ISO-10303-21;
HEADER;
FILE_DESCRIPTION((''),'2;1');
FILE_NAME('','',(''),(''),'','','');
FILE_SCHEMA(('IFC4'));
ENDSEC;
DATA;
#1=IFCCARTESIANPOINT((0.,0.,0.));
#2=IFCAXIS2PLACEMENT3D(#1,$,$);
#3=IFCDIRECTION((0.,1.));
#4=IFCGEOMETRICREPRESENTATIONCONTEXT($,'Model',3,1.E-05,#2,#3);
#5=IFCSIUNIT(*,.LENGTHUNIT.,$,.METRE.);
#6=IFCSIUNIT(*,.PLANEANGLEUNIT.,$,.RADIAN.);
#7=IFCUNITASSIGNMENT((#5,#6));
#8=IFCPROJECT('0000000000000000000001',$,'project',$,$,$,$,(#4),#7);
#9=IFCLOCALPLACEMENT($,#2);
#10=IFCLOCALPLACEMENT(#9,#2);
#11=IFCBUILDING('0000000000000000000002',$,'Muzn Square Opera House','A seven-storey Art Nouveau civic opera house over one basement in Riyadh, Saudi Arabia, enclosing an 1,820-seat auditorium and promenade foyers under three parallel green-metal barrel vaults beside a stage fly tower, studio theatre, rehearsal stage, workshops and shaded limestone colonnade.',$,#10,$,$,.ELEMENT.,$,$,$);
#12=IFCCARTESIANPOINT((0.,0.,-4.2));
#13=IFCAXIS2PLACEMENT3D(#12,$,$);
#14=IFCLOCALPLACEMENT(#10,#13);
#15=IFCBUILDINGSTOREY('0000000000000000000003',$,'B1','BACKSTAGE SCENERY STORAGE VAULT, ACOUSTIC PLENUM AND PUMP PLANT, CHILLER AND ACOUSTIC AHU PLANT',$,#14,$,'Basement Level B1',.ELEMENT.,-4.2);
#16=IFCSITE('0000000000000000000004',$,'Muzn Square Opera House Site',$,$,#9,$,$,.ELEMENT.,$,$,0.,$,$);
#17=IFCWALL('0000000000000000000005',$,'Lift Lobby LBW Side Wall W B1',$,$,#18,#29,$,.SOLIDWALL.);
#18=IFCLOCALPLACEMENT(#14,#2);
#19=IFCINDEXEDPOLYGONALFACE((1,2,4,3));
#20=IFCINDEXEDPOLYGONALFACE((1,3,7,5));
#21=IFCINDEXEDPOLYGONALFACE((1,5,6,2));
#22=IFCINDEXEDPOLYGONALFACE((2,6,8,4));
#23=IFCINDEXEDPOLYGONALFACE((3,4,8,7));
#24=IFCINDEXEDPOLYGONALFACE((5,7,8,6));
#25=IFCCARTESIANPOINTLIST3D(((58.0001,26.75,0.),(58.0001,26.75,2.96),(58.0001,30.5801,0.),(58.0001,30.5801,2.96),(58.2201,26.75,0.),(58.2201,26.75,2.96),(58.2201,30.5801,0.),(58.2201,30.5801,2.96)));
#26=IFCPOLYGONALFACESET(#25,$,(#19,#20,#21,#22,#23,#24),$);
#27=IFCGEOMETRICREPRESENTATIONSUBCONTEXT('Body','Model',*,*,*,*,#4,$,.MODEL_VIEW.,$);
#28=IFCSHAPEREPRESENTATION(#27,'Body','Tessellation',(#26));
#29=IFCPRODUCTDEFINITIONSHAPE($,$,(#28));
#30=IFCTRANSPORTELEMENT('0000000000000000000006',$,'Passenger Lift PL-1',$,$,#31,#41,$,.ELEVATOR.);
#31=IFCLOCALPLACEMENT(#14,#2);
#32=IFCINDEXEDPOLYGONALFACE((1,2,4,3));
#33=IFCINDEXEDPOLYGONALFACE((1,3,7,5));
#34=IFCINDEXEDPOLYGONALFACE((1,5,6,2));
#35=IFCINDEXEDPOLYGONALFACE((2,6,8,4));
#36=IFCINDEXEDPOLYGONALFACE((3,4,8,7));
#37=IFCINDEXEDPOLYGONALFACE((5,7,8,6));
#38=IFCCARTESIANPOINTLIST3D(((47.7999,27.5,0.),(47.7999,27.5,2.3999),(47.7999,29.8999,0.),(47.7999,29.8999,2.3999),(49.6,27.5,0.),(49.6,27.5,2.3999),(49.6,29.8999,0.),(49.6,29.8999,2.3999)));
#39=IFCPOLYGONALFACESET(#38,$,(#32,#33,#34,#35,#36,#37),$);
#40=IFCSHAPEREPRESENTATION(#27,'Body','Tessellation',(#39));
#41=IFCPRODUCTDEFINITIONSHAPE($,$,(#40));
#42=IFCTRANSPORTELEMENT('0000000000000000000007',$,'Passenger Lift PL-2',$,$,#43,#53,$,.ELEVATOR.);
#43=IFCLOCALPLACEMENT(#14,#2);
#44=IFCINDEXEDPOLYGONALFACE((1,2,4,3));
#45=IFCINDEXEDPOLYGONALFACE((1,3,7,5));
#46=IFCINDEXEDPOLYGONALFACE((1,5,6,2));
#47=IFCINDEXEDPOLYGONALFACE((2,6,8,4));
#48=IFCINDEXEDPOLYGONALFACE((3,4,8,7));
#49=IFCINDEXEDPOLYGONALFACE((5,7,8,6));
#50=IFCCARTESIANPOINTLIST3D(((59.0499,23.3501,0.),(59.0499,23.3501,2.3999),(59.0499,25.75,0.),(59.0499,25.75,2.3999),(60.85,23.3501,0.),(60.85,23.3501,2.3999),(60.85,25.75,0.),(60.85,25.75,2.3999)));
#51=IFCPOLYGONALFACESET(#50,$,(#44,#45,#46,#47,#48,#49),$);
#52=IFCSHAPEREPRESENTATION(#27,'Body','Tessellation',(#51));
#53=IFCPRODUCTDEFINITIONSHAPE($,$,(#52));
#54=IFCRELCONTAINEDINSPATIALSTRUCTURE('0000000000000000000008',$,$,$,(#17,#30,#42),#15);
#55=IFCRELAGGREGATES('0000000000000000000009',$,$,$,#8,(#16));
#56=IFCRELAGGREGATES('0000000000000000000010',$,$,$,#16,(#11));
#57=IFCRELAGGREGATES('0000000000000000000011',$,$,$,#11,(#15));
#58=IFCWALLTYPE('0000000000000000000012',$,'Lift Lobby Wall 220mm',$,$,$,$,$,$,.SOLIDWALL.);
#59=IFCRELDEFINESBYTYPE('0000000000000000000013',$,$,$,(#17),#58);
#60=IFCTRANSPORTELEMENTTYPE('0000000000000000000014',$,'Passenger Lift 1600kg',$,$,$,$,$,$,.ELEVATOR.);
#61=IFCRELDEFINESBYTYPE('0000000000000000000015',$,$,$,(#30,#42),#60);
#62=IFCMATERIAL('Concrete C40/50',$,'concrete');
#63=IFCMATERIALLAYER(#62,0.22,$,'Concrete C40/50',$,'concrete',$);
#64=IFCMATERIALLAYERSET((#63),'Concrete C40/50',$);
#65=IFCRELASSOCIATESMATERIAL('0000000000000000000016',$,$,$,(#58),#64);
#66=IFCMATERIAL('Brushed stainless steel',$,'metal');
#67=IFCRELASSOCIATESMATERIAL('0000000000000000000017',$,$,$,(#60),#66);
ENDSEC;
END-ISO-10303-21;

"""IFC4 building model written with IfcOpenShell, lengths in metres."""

from ifc_helpers import new_model, si_unit, direction, frame, frame_2d, origin, origin_2d, place, context, subcontext, project, spatial, rectangle, extrude, material, layer, layer_set, type_object, element, save


model = new_model("IFC4")

# Units and contexts
model_context = context("Model", 3, precision=1e-05, world=origin(), true_north=direction((0.0, 1.0)))
body_context = subcontext(model_context, "Body", "Model", "MODEL_VIEW")
ifc_project = project(units=[si_unit("LENGTHUNIT", "METRE"), si_unit("PLANEANGLEUNIT", "RADIAN")], contexts=[model_context])

# Site, building, storey
site_placement = place(None, origin())
site = spatial("IfcSite", under=ifc_project, at=site_placement, Name="Muzn Square Opera House Site", CompositionType="ELEMENT", RefElevation=0.0)
building_placement = place(site_placement, origin())
building = spatial("IfcBuilding", under=site, at=building_placement, Name="Muzn Square Opera House", Description="A seven-storey Art Nouveau civic opera house over one basement in Riyadh, Saudi Arabia, enclosing an 1,820-seat auditorium and promenade foyers under three parallel green-metal barrel vaults beside a stage fly tower, studio theatre, rehearsal stage, workshops and shaded limestone colonnade.", CompositionType="ELEMENT")
storey_placement = place(building_placement, frame((0.0, 0.0, -4.2)))
storey = spatial("IfcBuildingStorey", under=building, at=storey_placement, Name="B1", Description="BACKSTAGE SCENERY STORAGE VAULT, ACOUSTIC PLENUM AND PUMP PLANT, CHILLER AND ACOUSTIC AHU PLANT", LongName="Basement Level B1", CompositionType="ELEMENT", Elevation=-4.2)

# Shared definitions
ifc_material_1 = material(Name="Concrete C40/50", Category="concrete")

# Shared definitions
ifc_material_2 = material(Name="Brushed stainless steel", Category="metal")

# Wall
ifc_layer_1 = layer(ifc_material_1, 0.22, Name="Concrete C40/50", Category="concrete")
ifc_layer_set_1 = layer_set([ifc_layer_1], Name="Concrete C40/50")
wall_type_1 = type_object("IfcWallType", Name="Lift Lobby Wall 220mm", PredefinedType="SOLIDWALL", material=ifc_layer_set_1)
wall_1_placement = place(storey_placement, frame((58.1101, 26.75, 0.0), z_axis=(0.0, 0.0, 1.0), x_axis=(0.0, 1.0, 0.0)))
element("IfcWall", 1, at=wall_1_placement, inside=storey, type_object=wall_type_1, Name="Lift Lobby LBW Side Wall W B1", PredefinedType="SOLIDWALL", context=body_context, shape_type="SweptSolid", body=[
    extrude(rectangle(XDim=3.8301, YDim=0.22, at=frame_2d((1.915, 0.0))), origin(), (0.0, 0.0, 1.0), 2.96),
])

# Transport elements
transport_element_type = type_object("IfcTransportElementType", Name="Passenger Lift 1600kg", PredefinedType="ELEVATOR", material=ifc_material_2)
for number, where, z_axis, x_axis, name in (
    (2, (48.7, 28.7, 0.0), (0.0, 0.0, 1.0), (1.0, 0.0, 0.0), "Passenger Lift PL-1"),
    (3, (59.95, 24.55, 0.0), (0.0, 0.0, 1.0), (1.0, 0.0, 0.0), "Passenger Lift PL-2"),
):
    element("IfcTransportElement", number, at=place(storey_placement, frame(where, z_axis=z_axis, x_axis=x_axis)), inside=storey, type_object=transport_element_type, Name=name, PredefinedType="ELEVATOR", context=body_context, shape_type="SweptSolid", body=[
        extrude(rectangle(XDim=1.8, YDim=2.3999, at=origin_2d()), origin(), (0.0, 0.0, 1.0), 2.3999),
    ])

save(model, "model.ifc")
